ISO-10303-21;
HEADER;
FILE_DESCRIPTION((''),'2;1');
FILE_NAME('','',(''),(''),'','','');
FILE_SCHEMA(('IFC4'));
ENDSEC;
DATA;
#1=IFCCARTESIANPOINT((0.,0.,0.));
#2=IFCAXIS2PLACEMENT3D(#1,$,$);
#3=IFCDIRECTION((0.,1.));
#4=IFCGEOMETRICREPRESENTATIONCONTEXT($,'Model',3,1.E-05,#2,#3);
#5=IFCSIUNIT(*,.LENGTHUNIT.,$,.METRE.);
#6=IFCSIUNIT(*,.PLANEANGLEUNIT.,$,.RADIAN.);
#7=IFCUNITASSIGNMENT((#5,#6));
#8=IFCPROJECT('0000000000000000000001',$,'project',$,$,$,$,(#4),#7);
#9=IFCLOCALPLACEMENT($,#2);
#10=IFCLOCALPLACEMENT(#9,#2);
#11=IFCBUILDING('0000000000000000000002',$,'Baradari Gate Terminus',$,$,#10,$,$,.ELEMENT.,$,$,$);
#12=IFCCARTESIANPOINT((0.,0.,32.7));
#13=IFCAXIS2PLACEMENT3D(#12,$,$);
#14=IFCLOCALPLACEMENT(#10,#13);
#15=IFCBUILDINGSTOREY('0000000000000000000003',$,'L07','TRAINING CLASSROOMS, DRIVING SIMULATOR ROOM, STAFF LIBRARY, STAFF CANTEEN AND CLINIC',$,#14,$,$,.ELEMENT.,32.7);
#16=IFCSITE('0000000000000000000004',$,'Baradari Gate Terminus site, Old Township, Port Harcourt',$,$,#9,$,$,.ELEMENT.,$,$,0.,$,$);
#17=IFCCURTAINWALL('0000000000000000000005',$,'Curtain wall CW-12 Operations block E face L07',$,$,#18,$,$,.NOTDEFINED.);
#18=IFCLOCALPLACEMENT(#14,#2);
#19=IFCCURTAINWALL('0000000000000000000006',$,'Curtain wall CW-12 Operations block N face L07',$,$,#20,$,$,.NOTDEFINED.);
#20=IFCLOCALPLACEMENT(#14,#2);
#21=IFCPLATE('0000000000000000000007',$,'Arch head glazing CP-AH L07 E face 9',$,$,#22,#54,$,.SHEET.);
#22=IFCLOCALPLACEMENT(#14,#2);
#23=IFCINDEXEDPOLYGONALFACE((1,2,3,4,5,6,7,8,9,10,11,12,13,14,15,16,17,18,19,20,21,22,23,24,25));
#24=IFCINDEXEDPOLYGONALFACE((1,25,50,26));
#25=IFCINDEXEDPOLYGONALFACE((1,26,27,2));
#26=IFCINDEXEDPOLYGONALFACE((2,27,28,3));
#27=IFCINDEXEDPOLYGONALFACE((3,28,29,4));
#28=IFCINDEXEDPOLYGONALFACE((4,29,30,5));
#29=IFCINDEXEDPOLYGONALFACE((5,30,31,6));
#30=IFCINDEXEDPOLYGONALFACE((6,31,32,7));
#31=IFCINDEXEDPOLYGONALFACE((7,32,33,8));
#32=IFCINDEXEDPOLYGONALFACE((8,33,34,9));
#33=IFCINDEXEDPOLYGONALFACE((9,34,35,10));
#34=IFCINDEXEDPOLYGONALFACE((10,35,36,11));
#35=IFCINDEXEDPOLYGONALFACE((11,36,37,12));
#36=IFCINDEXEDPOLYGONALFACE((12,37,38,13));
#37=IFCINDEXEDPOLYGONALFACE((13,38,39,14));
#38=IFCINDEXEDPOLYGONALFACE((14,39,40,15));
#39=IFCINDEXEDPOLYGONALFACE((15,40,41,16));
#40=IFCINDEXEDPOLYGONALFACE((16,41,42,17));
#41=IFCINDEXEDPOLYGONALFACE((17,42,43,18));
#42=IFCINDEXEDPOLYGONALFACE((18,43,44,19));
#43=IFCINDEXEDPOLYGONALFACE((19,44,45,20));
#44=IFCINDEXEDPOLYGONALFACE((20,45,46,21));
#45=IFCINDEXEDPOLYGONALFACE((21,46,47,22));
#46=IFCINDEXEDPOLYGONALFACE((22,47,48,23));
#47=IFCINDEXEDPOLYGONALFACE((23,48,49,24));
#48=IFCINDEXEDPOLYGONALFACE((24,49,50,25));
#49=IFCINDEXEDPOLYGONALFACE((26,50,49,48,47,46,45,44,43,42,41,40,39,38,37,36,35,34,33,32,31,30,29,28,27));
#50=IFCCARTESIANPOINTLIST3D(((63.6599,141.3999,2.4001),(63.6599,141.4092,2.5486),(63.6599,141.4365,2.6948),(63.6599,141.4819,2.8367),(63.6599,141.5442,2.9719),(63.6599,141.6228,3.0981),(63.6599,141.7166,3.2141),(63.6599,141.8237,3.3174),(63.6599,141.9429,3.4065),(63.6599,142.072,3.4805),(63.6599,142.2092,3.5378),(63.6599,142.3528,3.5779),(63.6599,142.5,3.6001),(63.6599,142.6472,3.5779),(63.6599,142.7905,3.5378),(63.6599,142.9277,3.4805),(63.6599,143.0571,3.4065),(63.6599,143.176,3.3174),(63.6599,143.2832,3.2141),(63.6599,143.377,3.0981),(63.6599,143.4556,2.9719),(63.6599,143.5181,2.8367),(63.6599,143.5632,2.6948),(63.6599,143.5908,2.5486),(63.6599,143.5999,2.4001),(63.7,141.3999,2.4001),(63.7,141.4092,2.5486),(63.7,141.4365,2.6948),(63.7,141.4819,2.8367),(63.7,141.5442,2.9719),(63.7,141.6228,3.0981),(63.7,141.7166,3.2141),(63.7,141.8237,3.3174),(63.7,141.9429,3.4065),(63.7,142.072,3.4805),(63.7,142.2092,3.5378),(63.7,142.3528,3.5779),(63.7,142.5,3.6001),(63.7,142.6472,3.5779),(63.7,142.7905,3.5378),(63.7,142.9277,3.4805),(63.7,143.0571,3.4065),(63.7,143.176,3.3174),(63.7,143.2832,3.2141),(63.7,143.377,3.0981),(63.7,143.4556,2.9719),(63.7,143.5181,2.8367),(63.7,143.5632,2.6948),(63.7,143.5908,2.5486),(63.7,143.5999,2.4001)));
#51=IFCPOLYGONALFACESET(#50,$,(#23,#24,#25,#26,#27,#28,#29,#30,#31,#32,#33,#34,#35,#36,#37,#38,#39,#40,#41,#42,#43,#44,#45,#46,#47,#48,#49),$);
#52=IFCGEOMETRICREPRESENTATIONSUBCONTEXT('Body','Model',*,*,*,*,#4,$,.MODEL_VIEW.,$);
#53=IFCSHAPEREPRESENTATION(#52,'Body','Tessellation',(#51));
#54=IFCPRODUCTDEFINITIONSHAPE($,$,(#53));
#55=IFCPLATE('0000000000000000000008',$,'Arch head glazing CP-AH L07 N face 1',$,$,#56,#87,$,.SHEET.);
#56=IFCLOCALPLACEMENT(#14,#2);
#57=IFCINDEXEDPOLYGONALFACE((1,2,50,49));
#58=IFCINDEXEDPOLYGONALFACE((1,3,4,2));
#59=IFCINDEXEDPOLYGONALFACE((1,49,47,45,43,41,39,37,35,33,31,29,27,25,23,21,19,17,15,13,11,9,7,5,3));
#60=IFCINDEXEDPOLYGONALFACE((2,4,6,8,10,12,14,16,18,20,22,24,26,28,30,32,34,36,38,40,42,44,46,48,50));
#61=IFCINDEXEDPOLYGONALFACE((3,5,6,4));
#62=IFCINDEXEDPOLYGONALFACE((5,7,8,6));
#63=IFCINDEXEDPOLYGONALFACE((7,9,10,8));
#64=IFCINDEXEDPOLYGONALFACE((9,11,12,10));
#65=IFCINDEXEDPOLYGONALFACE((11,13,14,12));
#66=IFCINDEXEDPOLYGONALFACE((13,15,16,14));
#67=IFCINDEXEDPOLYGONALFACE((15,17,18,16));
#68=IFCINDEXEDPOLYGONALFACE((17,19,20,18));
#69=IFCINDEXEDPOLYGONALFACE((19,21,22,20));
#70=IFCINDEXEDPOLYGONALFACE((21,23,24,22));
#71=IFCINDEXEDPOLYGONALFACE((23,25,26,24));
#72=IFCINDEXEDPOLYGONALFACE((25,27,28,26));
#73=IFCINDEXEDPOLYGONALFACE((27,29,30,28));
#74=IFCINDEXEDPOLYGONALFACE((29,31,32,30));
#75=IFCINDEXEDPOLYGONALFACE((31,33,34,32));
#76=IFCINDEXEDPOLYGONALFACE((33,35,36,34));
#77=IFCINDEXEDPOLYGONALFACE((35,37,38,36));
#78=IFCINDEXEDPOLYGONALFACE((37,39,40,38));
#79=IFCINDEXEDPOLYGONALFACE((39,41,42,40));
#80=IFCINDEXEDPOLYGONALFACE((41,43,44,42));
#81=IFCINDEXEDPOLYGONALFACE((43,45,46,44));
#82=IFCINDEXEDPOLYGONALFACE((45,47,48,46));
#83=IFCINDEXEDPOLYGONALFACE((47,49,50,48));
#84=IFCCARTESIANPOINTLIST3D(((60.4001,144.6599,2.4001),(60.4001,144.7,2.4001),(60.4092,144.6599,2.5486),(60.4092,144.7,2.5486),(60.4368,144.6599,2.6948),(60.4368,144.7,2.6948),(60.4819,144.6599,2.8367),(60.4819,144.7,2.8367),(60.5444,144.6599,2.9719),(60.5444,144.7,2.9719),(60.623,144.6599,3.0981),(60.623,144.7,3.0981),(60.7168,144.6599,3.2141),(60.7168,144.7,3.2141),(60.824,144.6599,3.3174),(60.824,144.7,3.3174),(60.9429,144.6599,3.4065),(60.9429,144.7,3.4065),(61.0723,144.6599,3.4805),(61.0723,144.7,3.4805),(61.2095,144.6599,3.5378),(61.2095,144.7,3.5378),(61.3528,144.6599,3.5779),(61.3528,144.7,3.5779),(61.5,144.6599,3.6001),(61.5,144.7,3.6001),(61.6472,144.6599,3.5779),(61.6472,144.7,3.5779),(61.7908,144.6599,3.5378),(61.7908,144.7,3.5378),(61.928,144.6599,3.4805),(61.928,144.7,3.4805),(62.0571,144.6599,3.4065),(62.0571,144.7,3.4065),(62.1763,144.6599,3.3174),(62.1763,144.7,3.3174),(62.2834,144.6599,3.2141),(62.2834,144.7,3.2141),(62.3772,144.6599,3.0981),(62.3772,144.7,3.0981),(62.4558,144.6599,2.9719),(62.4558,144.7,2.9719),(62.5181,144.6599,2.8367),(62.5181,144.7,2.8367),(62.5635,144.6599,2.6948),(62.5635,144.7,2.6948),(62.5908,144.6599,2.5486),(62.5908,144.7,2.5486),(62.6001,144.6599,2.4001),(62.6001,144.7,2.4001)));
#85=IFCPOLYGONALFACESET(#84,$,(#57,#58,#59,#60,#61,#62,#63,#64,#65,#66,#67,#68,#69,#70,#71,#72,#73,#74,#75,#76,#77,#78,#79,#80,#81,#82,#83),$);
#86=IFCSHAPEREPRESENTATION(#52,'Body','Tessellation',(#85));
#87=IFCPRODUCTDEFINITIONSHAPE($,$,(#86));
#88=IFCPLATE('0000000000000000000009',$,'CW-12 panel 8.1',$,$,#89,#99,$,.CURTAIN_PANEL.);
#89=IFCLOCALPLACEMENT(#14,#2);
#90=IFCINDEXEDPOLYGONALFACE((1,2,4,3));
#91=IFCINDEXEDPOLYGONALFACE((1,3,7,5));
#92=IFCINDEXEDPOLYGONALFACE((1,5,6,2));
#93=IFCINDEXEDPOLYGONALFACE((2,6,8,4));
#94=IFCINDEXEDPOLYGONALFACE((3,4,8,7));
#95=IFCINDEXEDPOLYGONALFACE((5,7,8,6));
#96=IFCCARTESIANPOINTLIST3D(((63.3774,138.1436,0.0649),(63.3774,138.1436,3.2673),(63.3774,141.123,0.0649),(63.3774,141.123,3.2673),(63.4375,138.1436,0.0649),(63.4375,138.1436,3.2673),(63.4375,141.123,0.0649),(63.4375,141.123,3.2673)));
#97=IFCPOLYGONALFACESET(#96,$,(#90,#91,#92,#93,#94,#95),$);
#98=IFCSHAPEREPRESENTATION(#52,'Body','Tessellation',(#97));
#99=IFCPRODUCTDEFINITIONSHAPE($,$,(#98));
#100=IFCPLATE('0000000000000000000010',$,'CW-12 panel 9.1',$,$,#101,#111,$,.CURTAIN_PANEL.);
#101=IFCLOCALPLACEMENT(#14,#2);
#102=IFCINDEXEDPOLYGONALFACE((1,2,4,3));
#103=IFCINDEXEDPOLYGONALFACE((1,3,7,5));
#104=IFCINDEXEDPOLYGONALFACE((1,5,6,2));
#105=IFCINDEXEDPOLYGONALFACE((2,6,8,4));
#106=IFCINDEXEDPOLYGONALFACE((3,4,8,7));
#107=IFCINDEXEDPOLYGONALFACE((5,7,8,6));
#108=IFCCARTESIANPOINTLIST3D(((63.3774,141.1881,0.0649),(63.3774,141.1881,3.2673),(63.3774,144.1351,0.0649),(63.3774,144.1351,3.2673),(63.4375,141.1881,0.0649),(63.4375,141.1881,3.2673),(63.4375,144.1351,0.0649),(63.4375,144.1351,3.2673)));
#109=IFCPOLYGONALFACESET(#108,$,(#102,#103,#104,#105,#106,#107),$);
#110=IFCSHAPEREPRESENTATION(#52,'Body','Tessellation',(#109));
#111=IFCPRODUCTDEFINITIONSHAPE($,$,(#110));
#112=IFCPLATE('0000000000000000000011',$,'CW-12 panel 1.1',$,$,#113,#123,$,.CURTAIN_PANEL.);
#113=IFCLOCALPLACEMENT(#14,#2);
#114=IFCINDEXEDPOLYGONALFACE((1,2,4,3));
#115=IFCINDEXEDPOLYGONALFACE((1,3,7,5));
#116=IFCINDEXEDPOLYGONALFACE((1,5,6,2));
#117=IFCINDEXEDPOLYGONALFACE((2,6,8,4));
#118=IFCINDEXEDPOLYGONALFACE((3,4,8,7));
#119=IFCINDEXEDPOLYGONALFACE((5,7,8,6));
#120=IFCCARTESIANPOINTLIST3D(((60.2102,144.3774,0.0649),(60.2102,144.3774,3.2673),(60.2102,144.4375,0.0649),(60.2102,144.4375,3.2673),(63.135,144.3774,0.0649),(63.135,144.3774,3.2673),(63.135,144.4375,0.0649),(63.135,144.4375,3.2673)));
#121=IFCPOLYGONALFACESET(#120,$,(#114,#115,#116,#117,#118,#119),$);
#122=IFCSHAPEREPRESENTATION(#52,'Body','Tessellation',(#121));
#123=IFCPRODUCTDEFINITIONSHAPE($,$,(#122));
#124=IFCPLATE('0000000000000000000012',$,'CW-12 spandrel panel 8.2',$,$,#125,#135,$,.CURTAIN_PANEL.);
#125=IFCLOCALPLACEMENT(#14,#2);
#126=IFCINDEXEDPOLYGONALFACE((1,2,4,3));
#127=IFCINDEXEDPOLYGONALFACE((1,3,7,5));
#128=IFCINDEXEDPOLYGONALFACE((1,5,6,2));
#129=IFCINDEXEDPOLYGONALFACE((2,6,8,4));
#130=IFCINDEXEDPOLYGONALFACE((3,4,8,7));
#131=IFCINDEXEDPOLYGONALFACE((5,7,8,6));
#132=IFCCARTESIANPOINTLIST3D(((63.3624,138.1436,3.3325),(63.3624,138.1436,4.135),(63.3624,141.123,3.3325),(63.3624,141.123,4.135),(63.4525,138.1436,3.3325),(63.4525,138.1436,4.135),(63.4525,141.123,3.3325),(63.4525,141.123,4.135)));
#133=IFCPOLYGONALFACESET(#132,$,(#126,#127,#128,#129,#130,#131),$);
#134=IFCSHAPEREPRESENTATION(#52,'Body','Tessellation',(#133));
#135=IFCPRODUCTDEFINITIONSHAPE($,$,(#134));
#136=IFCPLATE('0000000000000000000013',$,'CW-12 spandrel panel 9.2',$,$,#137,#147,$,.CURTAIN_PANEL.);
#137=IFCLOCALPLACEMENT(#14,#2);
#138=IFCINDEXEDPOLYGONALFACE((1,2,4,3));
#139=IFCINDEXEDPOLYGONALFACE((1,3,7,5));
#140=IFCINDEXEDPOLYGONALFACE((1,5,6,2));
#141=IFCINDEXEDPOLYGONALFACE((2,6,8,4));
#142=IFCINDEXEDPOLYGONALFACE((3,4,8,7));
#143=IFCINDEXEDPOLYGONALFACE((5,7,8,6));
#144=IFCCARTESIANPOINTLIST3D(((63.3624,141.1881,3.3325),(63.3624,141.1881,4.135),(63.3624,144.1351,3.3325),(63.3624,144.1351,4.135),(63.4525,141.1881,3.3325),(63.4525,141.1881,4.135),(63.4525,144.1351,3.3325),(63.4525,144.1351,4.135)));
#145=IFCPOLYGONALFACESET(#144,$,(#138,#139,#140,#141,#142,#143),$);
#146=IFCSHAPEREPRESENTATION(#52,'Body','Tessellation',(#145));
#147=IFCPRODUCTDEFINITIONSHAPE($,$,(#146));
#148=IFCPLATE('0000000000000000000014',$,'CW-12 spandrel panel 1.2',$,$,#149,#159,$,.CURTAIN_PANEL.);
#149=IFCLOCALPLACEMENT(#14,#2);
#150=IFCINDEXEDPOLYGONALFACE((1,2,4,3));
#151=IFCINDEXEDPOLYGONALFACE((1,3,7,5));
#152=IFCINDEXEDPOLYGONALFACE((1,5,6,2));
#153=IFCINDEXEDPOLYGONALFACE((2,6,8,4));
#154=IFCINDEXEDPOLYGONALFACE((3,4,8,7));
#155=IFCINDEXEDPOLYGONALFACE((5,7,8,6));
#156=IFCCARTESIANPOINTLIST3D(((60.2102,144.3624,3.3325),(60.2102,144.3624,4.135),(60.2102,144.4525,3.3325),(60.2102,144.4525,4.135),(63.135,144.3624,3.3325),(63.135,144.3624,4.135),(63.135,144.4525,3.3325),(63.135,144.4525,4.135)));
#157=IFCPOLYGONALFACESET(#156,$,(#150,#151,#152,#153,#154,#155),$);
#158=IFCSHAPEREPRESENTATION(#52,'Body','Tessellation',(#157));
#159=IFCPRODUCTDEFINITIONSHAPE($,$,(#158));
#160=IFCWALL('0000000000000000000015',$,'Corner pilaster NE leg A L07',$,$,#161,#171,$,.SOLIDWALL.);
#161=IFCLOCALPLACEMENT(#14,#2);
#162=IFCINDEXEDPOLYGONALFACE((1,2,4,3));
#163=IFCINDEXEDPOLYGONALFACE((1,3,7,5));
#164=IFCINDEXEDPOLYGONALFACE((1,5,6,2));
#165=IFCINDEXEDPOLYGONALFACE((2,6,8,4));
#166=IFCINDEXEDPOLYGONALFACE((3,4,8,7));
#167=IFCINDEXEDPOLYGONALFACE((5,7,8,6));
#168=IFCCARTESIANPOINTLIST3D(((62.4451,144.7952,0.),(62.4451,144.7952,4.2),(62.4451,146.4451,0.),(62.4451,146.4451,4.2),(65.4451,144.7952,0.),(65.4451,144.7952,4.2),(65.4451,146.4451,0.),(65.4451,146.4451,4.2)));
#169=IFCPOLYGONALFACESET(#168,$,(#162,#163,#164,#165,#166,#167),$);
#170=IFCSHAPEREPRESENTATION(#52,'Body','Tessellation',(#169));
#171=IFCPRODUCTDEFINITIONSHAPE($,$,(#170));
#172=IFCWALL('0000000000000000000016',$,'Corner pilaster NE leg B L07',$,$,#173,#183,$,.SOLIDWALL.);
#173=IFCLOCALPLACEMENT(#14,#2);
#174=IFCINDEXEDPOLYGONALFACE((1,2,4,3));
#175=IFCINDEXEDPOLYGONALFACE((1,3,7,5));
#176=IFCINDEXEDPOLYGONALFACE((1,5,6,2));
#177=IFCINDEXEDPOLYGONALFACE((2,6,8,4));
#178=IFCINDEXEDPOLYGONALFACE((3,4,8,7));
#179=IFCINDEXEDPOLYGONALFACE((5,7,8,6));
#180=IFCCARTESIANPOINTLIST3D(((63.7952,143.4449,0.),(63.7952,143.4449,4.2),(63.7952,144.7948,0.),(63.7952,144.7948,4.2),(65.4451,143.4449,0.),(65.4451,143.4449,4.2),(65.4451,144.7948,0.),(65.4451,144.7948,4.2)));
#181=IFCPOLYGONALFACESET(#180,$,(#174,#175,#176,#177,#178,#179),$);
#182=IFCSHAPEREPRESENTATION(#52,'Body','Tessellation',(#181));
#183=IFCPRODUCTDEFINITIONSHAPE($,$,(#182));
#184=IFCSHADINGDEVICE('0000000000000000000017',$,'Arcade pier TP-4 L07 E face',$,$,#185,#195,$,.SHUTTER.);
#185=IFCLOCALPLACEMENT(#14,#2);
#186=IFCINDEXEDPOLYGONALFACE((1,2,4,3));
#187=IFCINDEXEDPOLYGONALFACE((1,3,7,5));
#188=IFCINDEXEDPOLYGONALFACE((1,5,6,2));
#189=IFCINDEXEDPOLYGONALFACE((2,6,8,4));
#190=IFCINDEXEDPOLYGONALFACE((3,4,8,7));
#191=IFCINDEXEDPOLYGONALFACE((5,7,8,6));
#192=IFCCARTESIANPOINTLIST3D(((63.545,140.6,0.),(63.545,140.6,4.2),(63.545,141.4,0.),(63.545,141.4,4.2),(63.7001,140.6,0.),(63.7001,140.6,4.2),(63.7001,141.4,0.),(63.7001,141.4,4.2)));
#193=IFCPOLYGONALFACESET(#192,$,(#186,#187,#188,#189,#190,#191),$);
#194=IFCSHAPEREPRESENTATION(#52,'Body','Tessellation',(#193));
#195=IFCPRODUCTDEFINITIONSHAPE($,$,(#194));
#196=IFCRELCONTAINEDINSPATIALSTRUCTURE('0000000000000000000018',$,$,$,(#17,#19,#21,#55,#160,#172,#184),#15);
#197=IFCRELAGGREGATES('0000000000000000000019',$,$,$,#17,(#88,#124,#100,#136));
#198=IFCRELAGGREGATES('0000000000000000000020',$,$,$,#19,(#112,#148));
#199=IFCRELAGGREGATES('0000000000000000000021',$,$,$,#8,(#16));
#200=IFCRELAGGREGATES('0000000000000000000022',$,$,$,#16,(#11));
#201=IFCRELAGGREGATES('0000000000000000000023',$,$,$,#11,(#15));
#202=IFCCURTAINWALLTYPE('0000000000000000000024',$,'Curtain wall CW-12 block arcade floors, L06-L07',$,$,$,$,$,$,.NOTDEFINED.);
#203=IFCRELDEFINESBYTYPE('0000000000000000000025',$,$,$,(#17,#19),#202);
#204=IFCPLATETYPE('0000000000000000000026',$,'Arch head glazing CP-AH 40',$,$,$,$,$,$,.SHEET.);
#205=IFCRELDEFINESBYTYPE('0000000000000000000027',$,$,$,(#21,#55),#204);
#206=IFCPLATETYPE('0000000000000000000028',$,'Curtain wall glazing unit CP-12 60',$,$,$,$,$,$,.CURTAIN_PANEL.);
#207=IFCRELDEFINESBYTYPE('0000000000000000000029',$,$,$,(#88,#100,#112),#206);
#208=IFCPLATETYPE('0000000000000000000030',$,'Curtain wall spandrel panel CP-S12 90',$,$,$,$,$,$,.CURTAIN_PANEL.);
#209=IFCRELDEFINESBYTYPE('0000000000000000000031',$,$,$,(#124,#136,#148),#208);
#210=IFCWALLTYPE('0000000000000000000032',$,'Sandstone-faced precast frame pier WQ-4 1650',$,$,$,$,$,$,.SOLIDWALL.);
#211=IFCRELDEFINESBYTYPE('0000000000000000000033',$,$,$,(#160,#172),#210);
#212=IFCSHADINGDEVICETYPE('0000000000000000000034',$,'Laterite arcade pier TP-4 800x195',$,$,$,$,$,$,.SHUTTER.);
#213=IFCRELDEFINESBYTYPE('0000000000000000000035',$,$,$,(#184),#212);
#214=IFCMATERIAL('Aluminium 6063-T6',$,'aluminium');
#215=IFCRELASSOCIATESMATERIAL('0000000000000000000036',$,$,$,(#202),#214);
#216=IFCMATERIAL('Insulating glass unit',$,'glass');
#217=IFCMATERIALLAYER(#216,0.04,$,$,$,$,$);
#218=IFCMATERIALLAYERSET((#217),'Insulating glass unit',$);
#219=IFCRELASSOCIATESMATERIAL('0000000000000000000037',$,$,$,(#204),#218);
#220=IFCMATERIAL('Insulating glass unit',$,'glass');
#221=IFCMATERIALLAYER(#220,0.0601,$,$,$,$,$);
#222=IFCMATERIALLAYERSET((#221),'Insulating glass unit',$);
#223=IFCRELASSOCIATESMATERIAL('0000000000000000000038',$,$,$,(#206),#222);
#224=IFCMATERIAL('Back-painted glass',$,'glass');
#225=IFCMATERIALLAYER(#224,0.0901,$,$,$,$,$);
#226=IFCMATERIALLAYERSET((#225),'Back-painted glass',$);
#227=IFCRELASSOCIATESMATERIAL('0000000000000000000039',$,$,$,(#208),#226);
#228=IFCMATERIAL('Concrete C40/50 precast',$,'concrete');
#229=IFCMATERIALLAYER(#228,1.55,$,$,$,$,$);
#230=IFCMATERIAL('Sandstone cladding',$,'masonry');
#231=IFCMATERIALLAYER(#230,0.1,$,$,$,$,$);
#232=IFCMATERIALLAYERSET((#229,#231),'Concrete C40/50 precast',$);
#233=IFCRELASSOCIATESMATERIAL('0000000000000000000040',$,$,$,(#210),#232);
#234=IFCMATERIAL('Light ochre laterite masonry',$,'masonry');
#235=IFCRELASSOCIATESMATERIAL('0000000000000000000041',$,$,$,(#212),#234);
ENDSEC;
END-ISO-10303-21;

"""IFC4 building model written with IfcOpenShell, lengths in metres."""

from ifc_helpers import new_model, si_unit, direction, frame, frame_2d, origin, origin_2d, place, context, subcontext, project, spatial, polyline, rectangle, outline, extrude, material, layer, layer_set, type_object, element, aggregate, save


model = new_model("IFC4")

# Units and contexts
model_context = context("Model", 3, precision=1e-05, world=origin(), true_north=direction((0.0, 1.0)))
body_context = subcontext(model_context, "Body", "Model", "MODEL_VIEW")
ifc_project = project(units=[si_unit("LENGTHUNIT", "METRE"), si_unit("PLANEANGLEUNIT", "RADIAN")], contexts=[model_context])

# Site, building, storey
site_placement = place(None, origin())
site = spatial("IfcSite", under=ifc_project, at=site_placement, Name="Baradari Gate Terminus site, Old Township, Port Harcourt", CompositionType="ELEMENT", RefElevation=0.0)
building_placement = place(site_placement, origin())
building = spatial("IfcBuilding", under=site, at=building_placement, Name="Baradari Gate Terminus", CompositionType="ELEMENT")
storey_placement = place(building_placement, frame((0.0, 0.0, 32.7)))
storey = spatial("IfcBuildingStorey", under=building, at=storey_placement, Name="L07", Description="TRAINING CLASSROOMS, DRIVING SIMULATOR ROOM, STAFF LIBRARY, STAFF CANTEEN AND CLINIC", CompositionType="ELEMENT", Elevation=32.7)

# Curtain walls
ifc_material_1 = material(Name="Aluminium 6063-T6", Category="aluminium")
curtain_wall_type = type_object("IfcCurtainWallType", Name="Curtain wall CW-12 block arcade floors, L06-L07", PredefinedType="NOTDEFINED", material=ifc_material_1)
curtain_wall_1_placement = place(storey_placement, origin())
curtain_wall_1 = element("IfcCurtainWall", 1, at=curtain_wall_1_placement, inside=storey, type_object=curtain_wall_type, Name="Curtain wall CW-12 Operations block E face L07", PredefinedType="NOTDEFINED")
curtain_wall_2_placement = place(storey_placement, origin())
curtain_wall_2 = element("IfcCurtainWall", 2, at=curtain_wall_2_placement, inside=storey, type_object=curtain_wall_type, Name="Curtain wall CW-12 Operations block N face L07", PredefinedType="NOTDEFINED")

# Plates
ifc_material_2 = material(Name="Insulating glass unit", Category="glass")
ifc_layer_1 = layer(ifc_material_2, 0.04)
ifc_layer_set_1 = layer_set([ifc_layer_1], Name="Insulating glass unit")
plate_type_1 = type_object("IfcPlateType", Name="Arch head glazing CP-AH 40", PredefinedType="SHEET", material=ifc_layer_set_1)
for number, where, z_axis, x_axis, name in (
    (3, (63.6799, 141.3999, 2.4001), (0.0, 0.0, 1.0), (0.0, 1.0, 0.0), "Arch head glazing CP-AH L07 E face 9"),
    (4, (62.6001, 144.6799, 2.4001), (0.0, 0.0, 1.0), (-1.0, 0.0, 0.0), "Arch head glazing CP-AH L07 N face 1"),
):
    element("IfcPlate", number, at=place(storey_placement, frame(where, z_axis=z_axis, x_axis=x_axis)), inside=storey, type_object=plate_type_1, Name=name, PredefinedType="SHEET", context=body_context, shape_type="SweptSolid", body=[
        extrude(outline(polyline([(0.0, 0.0), (2.2, 0.0), (2.1909, 0.1484), (2.1633, 0.2947), (2.1182, 0.4365), (2.0557, 0.5718), (1.9771, 0.698), (1.8833, 0.814), (1.7761, 0.9172), (1.6572, 1.0063), (1.5278, 1.0803), (1.3906, 1.1377), (1.2473, 1.1777), (1.1001, 1.2), (0.9529, 1.1777), (0.8093, 1.1377), (0.6721, 1.0803), (0.543, 1.0063), (0.4238, 0.9172), (0.3167, 0.814), (0.2229, 0.698), (0.1443, 0.5718), (0.082, 0.4365), (0.0366, 0.2947), (0.0093, 0.1484), (0.0, 0.0)])), frame((0.0, 0.02, 0.0), z_axis=(0.0, -1.0, 0.0), x_axis=(1.0, 0.0, 0.0)), (0.0, 0.0, 1.0), 0.04),
    ])

# Plates
ifc_material_3 = material(Name="Insulating glass unit", Category="glass")
ifc_layer_2 = layer(ifc_material_3, 0.0601)
ifc_layer_set_2 = layer_set([ifc_layer_2], Name="Insulating glass unit")
plate_type_2 = type_object("IfcPlateType", Name="Curtain wall glazing unit CP-12 60", PredefinedType="CURTAIN_PANEL", material=ifc_layer_set_2)
plate_1_placement = place(storey_placement, frame((63.4075, 139.6333, 0.0649), z_axis=(0.0, 0.0, 1.0), x_axis=(0.0, 1.0, 0.0)))
plate_1 = element("IfcPlate", 5, at=plate_1_placement, type_object=plate_type_2, Name="CW-12 panel 8.1", PredefinedType="CURTAIN_PANEL", context=body_context, shape_type="SweptSolid", body=[
    extrude(rectangle(XDim=2.9795, YDim=0.0601, at=origin_2d()), origin(), (0.0, 0.0, 1.0), 3.2024),
])
plate_2_placement = place(storey_placement, frame((63.4075, 142.6616, 0.0649), z_axis=(0.0, 0.0, 1.0), x_axis=(0.0, 1.0, 0.0)))
plate_2 = element("IfcPlate", 6, at=plate_2_placement, type_object=plate_type_2, Name="CW-12 panel 9.1", PredefinedType="CURTAIN_PANEL", context=body_context, shape_type="SweptSolid", body=[
    extrude(rectangle(XDim=2.947, YDim=0.0601, at=origin_2d()), origin(), (0.0, 0.0, 1.0), 3.2024),
])
plate_3_placement = place(storey_placement, frame((61.6726, 144.4075, 0.0649), z_axis=(0.0, 0.0, 1.0), x_axis=(-1.0, 0.0, 0.0)))
plate_3 = element("IfcPlate", 7, at=plate_3_placement, type_object=plate_type_2, Name="CW-12 panel 1.1", PredefinedType="CURTAIN_PANEL", context=body_context, shape_type="SweptSolid", body=[
    extrude(rectangle(XDim=2.9248, YDim=0.0601, at=origin_2d()), origin(), (0.0, 0.0, 1.0), 3.2024),
])
ifc_material_4 = material(Name="Back-painted glass", Category="glass")
ifc_layer_3 = layer(ifc_material_4, 0.0901)
ifc_layer_set_3 = layer_set([ifc_layer_3], Name="Back-painted glass")
plate_type_3 = type_object("IfcPlateType", Name="Curtain wall spandrel panel CP-S12 90", PredefinedType="CURTAIN_PANEL", material=ifc_layer_set_3)
plate_4_placement = place(storey_placement, frame((63.4075, 139.6333, 3.3325), z_axis=(0.0, 0.0, 1.0), x_axis=(0.0, 1.0, 0.0)))
plate_4 = element("IfcPlate", 8, at=plate_4_placement, type_object=plate_type_3, Name="CW-12 spandrel panel 8.2", PredefinedType="CURTAIN_PANEL", context=body_context, shape_type="SweptSolid", body=[
    extrude(rectangle(XDim=2.9795, YDim=0.0901, at=origin_2d()), origin(), (0.0, 0.0, 1.0), 0.8025),
])
plate_5_placement = place(storey_placement, frame((63.4075, 142.6616, 3.3325), z_axis=(0.0, 0.0, 1.0), x_axis=(0.0, 1.0, 0.0)))
plate_5 = element("IfcPlate", 9, at=plate_5_placement, type_object=plate_type_3, Name="CW-12 spandrel panel 9.2", PredefinedType="CURTAIN_PANEL", context=body_context, shape_type="SweptSolid", body=[
    extrude(rectangle(XDim=2.947, YDim=0.0901, at=origin_2d()), origin(), (0.0, 0.0, 1.0), 0.8025),
])
aggregate(curtain_wall_1, [plate_1, plate_4, plate_2, plate_5])
plate_6_placement = place(storey_placement, frame((61.6726, 144.4075, 3.3325), z_axis=(0.0, 0.0, 1.0), x_axis=(-1.0, 0.0, 0.0)))
plate_6 = element("IfcPlate", 10, at=plate_6_placement, type_object=plate_type_3, Name="CW-12 spandrel panel 1.2", PredefinedType="CURTAIN_PANEL", context=body_context, shape_type="SweptSolid", body=[
    extrude(rectangle(XDim=2.9248, YDim=0.0901, at=origin_2d()), origin(), (0.0, 0.0, 1.0), 0.8025),
])
aggregate(curtain_wall_2, [plate_3, plate_6])

# Walls
ifc_material_5 = material(Name="Concrete C40/50 precast", Category="concrete")
ifc_layer_4 = layer(ifc_material_5, 1.55)
ifc_material_6 = material(Name="Sandstone cladding", Category="masonry")
ifc_layer_5 = layer(ifc_material_6, 0.1)
ifc_layer_set_4 = layer_set([ifc_layer_4, ifc_layer_5], Name="Concrete C40/50 precast")
wall_type = type_object("IfcWallType", Name="Sandstone-faced precast frame pier WQ-4 1650", PredefinedType="SOLIDWALL", material=ifc_layer_set_4)
wall_1_placement = place(storey_placement, frame((62.4451, 145.6201, 0.0), z_axis=(0.0, 0.0, 1.0), x_axis=(1.0, 0.0, 0.0)))
element("IfcWall", 11, at=wall_1_placement, inside=storey, type_object=wall_type, Name="Corner pilaster NE leg A L07", PredefinedType="SOLIDWALL", context=body_context, shape_type="SweptSolid", body=[
    extrude(rectangle(XDim=3.0, YDim=1.6499, at=frame_2d((1.5, 0.0))), origin(), (0.0, 0.0, 1.0), 4.2),
])
wall_2_placement = place(storey_placement, frame((64.6201, 143.4451, 0.0), z_axis=(0.0, 0.0, 1.0), x_axis=(0.0, 1.0, 0.0)))
element("IfcWall", 12, at=wall_2_placement, inside=storey, type_object=wall_type, Name="Corner pilaster NE leg B L07", PredefinedType="SOLIDWALL", context=body_context, shape_type="SweptSolid", body=[
    extrude(rectangle(XDim=1.3499, YDim=1.6499, at=frame_2d((0.6748, 0.0))), origin(), (0.0, 0.0, 1.0), 4.2),
])

# Shading device
ifc_material_7 = material(Name="Light ochre laterite masonry", Category="masonry")
shading_device_type = type_object("IfcShadingDeviceType", Name="Laterite arcade pier TP-4 800x195", PredefinedType="SHUTTER", material=ifc_material_7)
shading_device_placement = place(storey_placement, frame((63.6226, 141.0, 0.0), z_axis=(0.0, 0.0, 1.0), x_axis=(0.0, 1.0, 0.0)))
element("IfcShadingDevice", 13, at=shading_device_placement, inside=storey, type_object=shading_device_type, Name="Arcade pier TP-4 L07 E face", PredefinedType="SHUTTER", context=body_context, shape_type="SweptSolid", body=[
    extrude(rectangle(XDim=0.8, YDim=0.155, at=origin_2d()), origin(), (0.0, 0.0, 1.0), 4.2),
])

save(model, "model.ifc")
